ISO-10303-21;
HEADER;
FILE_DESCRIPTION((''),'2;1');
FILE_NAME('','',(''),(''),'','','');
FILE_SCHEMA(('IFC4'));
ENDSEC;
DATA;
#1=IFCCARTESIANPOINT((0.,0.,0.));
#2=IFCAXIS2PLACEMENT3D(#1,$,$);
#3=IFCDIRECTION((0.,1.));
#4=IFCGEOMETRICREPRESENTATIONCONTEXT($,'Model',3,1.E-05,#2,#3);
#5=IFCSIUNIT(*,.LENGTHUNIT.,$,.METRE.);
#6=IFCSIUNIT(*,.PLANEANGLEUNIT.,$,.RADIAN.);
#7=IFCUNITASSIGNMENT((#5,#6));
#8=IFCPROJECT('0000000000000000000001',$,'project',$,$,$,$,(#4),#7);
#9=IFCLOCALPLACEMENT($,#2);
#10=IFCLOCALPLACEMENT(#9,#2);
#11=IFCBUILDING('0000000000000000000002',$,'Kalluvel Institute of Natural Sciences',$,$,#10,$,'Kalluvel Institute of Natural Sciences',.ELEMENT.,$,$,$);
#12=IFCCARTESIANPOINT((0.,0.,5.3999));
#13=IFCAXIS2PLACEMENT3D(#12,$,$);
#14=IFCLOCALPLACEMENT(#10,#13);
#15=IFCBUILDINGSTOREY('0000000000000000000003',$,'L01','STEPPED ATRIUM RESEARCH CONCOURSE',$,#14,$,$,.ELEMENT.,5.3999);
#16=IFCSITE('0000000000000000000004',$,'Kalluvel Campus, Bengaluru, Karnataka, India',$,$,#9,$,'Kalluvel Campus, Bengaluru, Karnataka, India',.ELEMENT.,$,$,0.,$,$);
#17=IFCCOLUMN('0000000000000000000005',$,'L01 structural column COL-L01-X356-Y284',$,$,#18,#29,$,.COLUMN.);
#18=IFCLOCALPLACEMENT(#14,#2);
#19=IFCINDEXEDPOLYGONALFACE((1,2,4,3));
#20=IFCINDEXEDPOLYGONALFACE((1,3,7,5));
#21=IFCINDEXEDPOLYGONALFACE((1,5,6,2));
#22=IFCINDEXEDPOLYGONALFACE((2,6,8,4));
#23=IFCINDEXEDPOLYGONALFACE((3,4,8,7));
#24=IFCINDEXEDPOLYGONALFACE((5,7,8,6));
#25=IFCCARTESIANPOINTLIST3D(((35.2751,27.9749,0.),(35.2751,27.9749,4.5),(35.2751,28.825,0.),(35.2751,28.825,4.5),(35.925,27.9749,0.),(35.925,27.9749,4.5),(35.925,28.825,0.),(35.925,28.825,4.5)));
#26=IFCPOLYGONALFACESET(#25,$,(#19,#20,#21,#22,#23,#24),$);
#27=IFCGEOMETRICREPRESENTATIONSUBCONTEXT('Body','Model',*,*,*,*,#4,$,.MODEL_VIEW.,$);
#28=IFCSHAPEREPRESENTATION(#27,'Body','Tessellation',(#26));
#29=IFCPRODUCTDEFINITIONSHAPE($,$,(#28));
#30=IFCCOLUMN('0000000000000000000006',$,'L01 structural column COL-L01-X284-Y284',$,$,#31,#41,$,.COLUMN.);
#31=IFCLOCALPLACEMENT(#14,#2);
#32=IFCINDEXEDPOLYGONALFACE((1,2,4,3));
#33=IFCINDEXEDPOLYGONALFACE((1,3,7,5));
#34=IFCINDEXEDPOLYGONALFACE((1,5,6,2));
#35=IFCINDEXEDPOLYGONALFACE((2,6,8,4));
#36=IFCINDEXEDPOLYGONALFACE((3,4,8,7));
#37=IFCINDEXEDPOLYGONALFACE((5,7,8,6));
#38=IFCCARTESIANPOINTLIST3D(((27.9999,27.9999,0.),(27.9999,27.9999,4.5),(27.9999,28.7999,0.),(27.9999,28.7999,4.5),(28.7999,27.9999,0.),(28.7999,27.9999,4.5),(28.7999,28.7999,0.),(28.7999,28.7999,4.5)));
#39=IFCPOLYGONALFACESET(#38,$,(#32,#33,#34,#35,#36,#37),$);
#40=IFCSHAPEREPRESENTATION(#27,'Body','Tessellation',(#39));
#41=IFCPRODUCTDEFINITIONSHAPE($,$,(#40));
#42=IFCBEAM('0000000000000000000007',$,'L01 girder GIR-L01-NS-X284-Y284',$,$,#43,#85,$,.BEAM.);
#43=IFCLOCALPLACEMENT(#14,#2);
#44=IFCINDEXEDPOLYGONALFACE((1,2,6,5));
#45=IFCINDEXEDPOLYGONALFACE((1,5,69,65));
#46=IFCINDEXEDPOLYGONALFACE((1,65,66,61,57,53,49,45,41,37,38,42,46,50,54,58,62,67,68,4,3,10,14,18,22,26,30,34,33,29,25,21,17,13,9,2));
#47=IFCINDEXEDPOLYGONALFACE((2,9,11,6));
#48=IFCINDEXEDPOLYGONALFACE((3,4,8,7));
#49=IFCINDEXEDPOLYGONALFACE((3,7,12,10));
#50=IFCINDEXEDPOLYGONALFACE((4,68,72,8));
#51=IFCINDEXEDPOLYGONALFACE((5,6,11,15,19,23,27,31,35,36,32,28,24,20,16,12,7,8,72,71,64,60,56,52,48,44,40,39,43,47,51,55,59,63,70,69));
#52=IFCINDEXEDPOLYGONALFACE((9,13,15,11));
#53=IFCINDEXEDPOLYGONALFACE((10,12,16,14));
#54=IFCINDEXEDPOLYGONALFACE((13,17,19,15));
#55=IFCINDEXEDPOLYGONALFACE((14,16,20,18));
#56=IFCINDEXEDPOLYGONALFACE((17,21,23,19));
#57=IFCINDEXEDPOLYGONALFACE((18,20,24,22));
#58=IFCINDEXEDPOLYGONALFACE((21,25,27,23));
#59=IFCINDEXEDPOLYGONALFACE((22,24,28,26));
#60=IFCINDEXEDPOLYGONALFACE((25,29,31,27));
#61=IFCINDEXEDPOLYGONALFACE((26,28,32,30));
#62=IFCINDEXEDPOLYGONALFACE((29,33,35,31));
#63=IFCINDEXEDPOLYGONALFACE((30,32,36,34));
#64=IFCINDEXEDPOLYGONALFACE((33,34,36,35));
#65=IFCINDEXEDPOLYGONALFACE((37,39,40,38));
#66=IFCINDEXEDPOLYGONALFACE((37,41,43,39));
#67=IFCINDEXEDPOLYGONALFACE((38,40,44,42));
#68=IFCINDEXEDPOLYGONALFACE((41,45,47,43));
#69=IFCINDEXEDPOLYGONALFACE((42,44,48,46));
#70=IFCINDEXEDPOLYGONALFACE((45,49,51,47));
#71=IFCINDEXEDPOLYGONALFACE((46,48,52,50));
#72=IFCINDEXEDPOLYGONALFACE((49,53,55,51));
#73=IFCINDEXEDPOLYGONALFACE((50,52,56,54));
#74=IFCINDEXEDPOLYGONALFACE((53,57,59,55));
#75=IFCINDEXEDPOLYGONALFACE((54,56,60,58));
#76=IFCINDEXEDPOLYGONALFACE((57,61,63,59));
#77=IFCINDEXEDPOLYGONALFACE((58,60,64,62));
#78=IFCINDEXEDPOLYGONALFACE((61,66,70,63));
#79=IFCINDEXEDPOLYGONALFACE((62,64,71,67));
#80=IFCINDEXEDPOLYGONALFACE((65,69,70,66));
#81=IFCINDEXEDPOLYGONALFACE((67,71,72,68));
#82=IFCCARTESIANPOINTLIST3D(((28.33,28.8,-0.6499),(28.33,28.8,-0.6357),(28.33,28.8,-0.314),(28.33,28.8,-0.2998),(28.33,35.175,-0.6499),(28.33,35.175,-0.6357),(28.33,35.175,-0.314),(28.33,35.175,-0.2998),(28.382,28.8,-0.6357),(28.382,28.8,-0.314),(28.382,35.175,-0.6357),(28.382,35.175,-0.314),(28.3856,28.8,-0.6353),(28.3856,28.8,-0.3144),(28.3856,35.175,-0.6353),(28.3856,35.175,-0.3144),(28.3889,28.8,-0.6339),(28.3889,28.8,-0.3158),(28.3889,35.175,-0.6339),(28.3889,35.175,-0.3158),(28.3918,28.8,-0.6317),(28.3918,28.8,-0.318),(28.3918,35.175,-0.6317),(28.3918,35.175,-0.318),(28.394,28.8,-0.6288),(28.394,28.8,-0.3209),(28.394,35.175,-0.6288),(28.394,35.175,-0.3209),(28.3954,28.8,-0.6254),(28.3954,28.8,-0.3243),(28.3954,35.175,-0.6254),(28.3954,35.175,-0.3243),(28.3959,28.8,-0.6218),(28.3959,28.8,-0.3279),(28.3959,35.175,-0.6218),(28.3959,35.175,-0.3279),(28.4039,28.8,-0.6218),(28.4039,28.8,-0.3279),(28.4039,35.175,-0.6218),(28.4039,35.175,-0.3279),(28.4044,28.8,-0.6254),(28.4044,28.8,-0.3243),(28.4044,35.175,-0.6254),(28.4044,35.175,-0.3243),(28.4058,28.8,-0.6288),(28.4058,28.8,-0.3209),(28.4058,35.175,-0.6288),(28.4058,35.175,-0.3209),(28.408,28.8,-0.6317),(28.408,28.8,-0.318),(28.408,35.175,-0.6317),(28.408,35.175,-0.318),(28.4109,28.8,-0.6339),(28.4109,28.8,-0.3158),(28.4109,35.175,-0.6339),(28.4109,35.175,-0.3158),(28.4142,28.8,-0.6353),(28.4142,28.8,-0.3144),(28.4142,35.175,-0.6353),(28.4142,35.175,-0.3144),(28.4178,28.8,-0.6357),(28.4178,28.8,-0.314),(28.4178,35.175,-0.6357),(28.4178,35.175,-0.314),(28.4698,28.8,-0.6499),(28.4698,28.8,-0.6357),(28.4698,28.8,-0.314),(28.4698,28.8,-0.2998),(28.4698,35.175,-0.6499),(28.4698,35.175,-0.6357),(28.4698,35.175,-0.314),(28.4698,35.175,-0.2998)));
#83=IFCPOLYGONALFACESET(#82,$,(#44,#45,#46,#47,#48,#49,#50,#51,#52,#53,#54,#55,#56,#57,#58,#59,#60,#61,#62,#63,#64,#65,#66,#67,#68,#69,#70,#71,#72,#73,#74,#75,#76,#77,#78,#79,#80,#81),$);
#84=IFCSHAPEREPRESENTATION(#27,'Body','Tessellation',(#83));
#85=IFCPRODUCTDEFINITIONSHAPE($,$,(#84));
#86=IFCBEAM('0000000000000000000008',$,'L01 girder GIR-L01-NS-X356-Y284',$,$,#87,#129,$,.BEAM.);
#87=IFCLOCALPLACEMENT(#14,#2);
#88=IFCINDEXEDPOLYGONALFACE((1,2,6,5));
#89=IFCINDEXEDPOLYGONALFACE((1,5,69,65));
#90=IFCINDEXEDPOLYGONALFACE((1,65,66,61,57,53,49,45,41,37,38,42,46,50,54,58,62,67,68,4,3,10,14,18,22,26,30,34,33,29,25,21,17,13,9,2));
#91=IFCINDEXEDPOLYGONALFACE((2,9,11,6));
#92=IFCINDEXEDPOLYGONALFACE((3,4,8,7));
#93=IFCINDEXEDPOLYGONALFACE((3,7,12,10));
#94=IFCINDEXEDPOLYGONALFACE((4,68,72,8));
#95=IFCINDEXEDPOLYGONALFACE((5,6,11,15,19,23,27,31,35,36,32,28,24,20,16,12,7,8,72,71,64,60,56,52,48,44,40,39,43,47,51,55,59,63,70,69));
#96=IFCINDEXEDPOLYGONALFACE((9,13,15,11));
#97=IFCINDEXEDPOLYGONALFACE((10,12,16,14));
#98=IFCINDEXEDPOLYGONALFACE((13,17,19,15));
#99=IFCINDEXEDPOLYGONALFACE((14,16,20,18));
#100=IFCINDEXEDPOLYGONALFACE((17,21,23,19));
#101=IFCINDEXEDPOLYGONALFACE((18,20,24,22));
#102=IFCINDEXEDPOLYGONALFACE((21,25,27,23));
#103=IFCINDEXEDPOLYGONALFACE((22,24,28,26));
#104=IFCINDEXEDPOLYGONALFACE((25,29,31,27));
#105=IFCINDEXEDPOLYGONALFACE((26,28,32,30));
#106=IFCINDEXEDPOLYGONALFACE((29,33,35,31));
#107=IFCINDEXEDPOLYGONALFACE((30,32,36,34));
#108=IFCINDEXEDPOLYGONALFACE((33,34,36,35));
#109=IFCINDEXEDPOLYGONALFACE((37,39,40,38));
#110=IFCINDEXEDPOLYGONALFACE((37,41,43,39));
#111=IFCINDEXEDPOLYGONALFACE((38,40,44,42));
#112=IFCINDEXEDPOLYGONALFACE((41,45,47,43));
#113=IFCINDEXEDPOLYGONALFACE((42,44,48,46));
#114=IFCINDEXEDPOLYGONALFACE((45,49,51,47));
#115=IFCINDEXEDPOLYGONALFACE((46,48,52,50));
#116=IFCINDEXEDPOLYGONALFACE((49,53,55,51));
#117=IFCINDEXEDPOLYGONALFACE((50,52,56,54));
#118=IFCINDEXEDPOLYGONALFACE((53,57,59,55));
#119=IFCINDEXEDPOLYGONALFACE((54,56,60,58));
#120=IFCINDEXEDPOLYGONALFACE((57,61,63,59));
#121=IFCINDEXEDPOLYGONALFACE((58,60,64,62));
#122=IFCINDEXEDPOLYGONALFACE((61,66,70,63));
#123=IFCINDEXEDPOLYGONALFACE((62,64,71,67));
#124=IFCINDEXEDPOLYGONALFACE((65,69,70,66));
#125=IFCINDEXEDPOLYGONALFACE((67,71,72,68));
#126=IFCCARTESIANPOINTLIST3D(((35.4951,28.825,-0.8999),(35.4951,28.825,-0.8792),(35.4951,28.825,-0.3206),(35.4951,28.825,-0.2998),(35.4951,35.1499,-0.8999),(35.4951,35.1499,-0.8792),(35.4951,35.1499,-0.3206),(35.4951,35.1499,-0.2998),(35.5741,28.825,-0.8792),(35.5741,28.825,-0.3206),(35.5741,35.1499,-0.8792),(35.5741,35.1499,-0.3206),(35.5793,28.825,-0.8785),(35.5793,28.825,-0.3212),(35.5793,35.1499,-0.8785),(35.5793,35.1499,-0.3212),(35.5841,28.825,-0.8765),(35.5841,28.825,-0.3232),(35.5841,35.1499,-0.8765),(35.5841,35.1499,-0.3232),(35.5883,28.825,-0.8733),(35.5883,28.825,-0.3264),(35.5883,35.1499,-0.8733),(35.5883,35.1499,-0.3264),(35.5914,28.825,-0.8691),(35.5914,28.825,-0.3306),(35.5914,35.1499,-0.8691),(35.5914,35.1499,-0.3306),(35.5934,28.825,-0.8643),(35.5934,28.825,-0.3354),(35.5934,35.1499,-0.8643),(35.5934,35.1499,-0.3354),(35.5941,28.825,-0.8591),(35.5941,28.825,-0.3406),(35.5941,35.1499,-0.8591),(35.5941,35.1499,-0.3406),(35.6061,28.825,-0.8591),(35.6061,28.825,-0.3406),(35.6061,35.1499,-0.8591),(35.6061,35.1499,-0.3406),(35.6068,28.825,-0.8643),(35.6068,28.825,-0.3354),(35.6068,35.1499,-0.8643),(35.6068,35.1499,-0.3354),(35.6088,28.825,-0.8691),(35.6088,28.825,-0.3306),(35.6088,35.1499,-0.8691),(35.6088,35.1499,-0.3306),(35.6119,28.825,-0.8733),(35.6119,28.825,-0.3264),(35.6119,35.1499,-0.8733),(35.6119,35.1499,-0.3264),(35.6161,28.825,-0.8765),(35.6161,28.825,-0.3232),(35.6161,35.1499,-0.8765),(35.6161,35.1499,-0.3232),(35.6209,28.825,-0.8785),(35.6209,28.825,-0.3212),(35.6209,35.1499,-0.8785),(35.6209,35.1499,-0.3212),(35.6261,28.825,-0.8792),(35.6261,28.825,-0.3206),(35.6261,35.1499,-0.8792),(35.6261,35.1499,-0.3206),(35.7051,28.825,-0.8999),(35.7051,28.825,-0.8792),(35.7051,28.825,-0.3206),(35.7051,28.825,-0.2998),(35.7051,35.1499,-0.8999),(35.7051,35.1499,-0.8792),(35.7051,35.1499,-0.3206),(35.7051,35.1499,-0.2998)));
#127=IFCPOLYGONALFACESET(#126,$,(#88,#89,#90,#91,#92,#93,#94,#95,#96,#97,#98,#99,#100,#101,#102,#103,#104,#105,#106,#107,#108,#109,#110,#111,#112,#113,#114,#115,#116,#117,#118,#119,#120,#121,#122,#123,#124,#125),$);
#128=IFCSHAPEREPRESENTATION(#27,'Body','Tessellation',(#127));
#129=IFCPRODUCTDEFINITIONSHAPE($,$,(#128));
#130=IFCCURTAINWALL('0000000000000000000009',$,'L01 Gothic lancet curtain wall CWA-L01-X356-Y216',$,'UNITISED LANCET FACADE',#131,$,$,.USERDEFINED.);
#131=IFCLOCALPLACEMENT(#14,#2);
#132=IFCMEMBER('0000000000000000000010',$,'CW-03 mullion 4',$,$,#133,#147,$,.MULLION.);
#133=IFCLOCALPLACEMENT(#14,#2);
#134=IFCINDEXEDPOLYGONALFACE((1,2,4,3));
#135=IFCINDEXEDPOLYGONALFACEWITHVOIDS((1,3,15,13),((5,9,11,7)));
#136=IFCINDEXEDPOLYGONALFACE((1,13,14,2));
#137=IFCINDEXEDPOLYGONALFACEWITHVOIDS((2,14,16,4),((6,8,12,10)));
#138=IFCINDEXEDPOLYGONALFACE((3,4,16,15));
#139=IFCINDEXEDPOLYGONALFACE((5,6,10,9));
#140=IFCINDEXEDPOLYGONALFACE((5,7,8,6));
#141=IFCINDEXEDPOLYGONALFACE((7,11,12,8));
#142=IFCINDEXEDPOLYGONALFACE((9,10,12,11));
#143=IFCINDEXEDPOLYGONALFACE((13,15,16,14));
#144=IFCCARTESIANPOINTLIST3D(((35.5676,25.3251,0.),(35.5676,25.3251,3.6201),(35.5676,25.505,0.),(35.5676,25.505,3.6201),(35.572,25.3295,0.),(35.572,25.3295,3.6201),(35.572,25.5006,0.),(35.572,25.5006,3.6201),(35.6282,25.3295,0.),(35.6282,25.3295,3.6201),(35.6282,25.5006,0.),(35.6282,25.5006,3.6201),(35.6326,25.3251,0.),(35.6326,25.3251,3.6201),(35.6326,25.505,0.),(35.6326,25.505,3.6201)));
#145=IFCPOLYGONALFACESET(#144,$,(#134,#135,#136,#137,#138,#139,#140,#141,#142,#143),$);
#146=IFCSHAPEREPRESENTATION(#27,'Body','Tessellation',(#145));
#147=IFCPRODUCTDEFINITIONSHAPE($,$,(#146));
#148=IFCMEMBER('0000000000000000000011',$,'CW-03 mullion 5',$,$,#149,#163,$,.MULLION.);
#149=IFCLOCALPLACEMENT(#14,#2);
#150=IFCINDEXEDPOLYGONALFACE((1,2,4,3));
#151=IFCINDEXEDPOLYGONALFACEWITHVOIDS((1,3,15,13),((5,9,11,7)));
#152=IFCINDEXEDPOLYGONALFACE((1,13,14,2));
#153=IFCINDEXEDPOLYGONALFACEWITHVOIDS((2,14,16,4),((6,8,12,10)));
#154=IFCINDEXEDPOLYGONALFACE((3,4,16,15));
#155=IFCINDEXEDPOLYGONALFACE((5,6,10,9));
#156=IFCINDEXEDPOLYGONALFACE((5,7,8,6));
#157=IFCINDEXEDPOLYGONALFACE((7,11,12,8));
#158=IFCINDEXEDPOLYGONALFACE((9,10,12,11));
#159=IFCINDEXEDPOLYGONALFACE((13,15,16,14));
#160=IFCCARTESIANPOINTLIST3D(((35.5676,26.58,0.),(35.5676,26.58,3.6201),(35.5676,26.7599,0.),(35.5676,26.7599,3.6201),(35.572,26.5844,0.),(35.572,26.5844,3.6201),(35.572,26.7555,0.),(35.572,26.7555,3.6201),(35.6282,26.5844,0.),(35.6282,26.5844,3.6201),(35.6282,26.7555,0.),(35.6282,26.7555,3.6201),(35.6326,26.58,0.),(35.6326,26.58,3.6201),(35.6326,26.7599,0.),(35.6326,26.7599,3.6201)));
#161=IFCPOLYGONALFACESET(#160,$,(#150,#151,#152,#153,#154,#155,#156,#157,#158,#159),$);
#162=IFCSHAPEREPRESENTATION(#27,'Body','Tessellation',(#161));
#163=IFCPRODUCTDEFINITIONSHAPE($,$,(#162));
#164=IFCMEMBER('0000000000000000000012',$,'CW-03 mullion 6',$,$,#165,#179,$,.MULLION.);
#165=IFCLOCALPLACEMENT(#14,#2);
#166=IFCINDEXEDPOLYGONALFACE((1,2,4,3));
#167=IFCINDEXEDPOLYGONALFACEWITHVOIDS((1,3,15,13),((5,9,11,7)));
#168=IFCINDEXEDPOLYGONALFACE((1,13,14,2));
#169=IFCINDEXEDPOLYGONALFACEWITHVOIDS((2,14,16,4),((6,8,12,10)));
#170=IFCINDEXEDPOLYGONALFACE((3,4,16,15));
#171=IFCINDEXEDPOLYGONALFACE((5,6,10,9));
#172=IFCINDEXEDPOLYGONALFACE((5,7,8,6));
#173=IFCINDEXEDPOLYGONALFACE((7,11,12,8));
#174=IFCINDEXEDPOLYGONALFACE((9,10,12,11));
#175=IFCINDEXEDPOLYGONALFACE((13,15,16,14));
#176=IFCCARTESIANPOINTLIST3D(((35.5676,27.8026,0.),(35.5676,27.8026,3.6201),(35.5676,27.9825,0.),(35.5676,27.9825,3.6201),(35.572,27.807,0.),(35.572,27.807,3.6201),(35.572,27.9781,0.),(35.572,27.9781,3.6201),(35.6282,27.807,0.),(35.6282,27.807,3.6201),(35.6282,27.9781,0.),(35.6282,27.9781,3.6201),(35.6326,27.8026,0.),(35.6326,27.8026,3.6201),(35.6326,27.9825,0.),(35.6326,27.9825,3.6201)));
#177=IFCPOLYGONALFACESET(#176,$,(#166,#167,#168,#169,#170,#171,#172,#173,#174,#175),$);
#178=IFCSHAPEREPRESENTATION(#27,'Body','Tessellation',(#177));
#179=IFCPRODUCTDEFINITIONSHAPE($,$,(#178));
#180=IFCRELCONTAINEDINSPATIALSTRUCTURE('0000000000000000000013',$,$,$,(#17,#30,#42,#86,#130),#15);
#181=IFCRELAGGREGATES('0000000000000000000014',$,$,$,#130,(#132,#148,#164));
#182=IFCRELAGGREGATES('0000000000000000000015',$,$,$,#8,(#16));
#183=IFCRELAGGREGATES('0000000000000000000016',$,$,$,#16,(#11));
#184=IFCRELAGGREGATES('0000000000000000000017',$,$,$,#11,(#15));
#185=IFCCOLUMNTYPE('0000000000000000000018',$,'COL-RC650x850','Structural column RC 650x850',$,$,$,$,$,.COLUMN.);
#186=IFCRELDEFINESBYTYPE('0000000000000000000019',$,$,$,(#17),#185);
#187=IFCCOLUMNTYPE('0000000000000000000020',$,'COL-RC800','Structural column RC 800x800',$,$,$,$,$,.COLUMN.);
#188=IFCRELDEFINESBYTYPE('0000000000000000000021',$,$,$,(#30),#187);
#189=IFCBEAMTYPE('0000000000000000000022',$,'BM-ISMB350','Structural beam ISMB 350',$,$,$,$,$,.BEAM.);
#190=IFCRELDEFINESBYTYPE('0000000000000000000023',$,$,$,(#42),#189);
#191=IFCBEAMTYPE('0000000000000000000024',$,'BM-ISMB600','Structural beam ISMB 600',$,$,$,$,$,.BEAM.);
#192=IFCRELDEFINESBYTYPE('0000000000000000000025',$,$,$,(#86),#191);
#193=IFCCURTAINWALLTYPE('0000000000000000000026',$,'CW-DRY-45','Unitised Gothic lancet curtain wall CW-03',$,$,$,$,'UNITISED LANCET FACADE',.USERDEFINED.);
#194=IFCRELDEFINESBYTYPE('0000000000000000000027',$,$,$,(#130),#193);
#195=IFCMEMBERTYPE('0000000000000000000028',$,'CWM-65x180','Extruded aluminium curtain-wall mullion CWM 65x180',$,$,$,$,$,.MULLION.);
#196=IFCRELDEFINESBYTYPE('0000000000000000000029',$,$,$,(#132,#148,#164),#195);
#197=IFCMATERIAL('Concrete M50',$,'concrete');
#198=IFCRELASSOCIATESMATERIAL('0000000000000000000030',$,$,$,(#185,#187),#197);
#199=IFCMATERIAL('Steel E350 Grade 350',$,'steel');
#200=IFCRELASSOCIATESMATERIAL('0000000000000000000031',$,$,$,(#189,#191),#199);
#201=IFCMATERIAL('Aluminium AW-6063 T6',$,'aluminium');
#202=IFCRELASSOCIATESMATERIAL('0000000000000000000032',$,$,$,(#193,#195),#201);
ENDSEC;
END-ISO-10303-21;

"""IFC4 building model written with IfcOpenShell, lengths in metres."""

from ifc_helpers import new_model, si_unit, direction, frame, origin, origin_2d, place, context, subcontext, project, spatial, rectangle, hollow_rectangle, i_section, extrude, material, material_profile, profile_set, type_object, element, aggregate, save


model = new_model("IFC4")

# Units and contexts
model_context = context("Model", 3, precision=1e-05, world=origin(), true_north=direction((0.0, 1.0)))
body_context = subcontext(model_context, "Body", "Model", "MODEL_VIEW")
ifc_project = project(units=[si_unit("LENGTHUNIT", "METRE"), si_unit("PLANEANGLEUNIT", "RADIAN")], contexts=[model_context])

# Site, building, storey
site_placement = place(None, origin())
site = spatial("IfcSite", under=ifc_project, at=site_placement, Name="Kalluvel Campus, Bengaluru, Karnataka, India", LongName="Kalluvel Campus, Bengaluru, Karnataka, India", CompositionType="ELEMENT", RefElevation=0.0)
building_placement = place(site_placement, origin())
building = spatial("IfcBuilding", under=site, at=building_placement, Name="Kalluvel Institute of Natural Sciences", LongName="Kalluvel Institute of Natural Sciences", CompositionType="ELEMENT")
storey_placement = place(building_placement, frame((0.0, 0.0, 5.3999)))
storey = spatial("IfcBuildingStorey", under=building, at=storey_placement, Name="L01", Description="STEPPED ATRIUM RESEARCH CONCOURSE", CompositionType="ELEMENT", Elevation=5.3999)

# Columns
ifc_material_1 = material(Name="Concrete M50", Category="concrete")
ifc_material_profile_1 = material_profile(ifc_material_1, rectangle(XDim=0.6499, YDim=0.8501, at=origin_2d()), Name="RC 650x850")
ifc_profile_set_1 = profile_set([ifc_material_profile_1], Name="Concrete M50")
column_type_1 = type_object("IfcColumnType", Name="COL-RC650x850", Description="Structural column RC 650x850", PredefinedType="COLUMN", material=ifc_profile_set_1)
column_1_placement = place(storey_placement, frame((35.6001, 28.3999, 0.0), z_axis=(0.0, 0.0, 1.0), x_axis=(1.0, 0.0, 0.0)))
element("IfcColumn", 1, at=column_1_placement, inside=storey, type_object=column_type_1, Name="L01 structural column COL-L01-X356-Y284", PredefinedType="COLUMN", context=body_context, shape_type="SweptSolid", body=[
    extrude(rectangle(XDim=0.6499, YDim=0.8501, at=origin_2d()), origin(), (0.0, 0.0, 1.0), 4.5),
])
ifc_material_profile_2 = material_profile(ifc_material_1, rectangle(XDim=0.8, YDim=0.8, at=origin_2d()), Name="RC 800x800")
ifc_profile_set_2 = profile_set([ifc_material_profile_2], Name="Concrete M50")
column_type_2 = type_object("IfcColumnType", Name="COL-RC800", Description="Structural column RC 800x800", PredefinedType="COLUMN", material=ifc_profile_set_2)
column_2_placement = place(storey_placement, frame((28.3999, 28.3999, 0.0), z_axis=(0.0, 0.0, 1.0), x_axis=(1.0, 0.0, 0.0)))
element("IfcColumn", 2, at=column_2_placement, inside=storey, type_object=column_type_2, Name="L01 structural column COL-L01-X284-Y284", PredefinedType="COLUMN", context=body_context, shape_type="SweptSolid", body=[
    extrude(rectangle(XDim=0.8, YDim=0.8, at=origin_2d()), origin(), (0.0, 0.0, 1.0), 4.5),
])

# Beams
ifc_material_2 = material(Name="Steel E350 Grade 350", Category="steel")
ifc_material_profile_3 = material_profile(ifc_material_2, i_section(OverallWidth=0.1399, OverallDepth=0.3501, WebThickness=0.0081, FlangeThickness=0.0142, FilletRadius=0.0139, at=origin_2d()), Name="ISMB 350")
ifc_profile_set_3 = profile_set([ifc_material_profile_3], Name="Steel E350 Grade 350")
beam_type_1 = type_object("IfcBeamType", Name="BM-ISMB350", Description="Structural beam ISMB 350", PredefinedType="BEAM", material=ifc_profile_set_3)
beam_1_placement = place(storey_placement, frame((28.3999, 28.8, -0.4749), z_axis=(0.0, 1.0, 0.0), x_axis=(-1.0, 0.0, 0.0)))
element("IfcBeam", 3, at=beam_1_placement, inside=storey, type_object=beam_type_1, Name="L01 girder GIR-L01-NS-X284-Y284", PredefinedType="BEAM", context=body_context, shape_type="SweptSolid", body=[
    extrude(i_section(OverallWidth=0.1399, OverallDepth=0.3501, WebThickness=0.0081, FlangeThickness=0.0142, FilletRadius=0.0139, at=origin_2d()), origin(), (0.0, 0.0, 1.0), 6.375),
])
ifc_material_profile_4 = material_profile(ifc_material_2, i_section(OverallWidth=0.21, OverallDepth=0.6001, WebThickness=0.012, FlangeThickness=0.0208, FilletRadius=0.02, at=origin_2d()), Name="ISMB 600")
ifc_profile_set_4 = profile_set([ifc_material_profile_4], Name="Steel E350 Grade 350")
beam_type_2 = type_object("IfcBeamType", Name="BM-ISMB600", Description="Structural beam ISMB 600", PredefinedType="BEAM", material=ifc_profile_set_4)
beam_2_placement = place(storey_placement, frame((35.6001, 28.825, -0.5999), z_axis=(0.0, 1.0, 0.0), x_axis=(-1.0, 0.0, 0.0)))
element("IfcBeam", 4, at=beam_2_placement, inside=storey, type_object=beam_type_2, Name="L01 girder GIR-L01-NS-X356-Y284", PredefinedType="BEAM", context=body_context, shape_type="SweptSolid", body=[
    extrude(i_section(OverallWidth=0.21, OverallDepth=0.6001, WebThickness=0.012, FlangeThickness=0.0208, FilletRadius=0.02, at=origin_2d()), origin(), (0.0, 0.0, 1.0), 6.325),
])

# Curtain wall, members
ifc_material_3 = material(Name="Aluminium AW-6063 T6", Category="aluminium")
curtain_wall_type = type_object("IfcCurtainWallType", Name="CW-DRY-45", Description="Unitised Gothic lancet curtain wall CW-03", ElementType="UNITISED LANCET FACADE", PredefinedType="USERDEFINED", material=ifc_material_3)
curtain_wall_1_placement = place(storey_placement, origin())
curtain_wall_1 = element("IfcCurtainWall", 5, at=curtain_wall_1_placement, inside=storey, type_object=curtain_wall_type, Name="L01 Gothic lancet curtain wall CWA-L01-X356-Y216", ObjectType="UNITISED LANCET FACADE", PredefinedType="USERDEFINED")
ifc_material_profile_5 = material_profile(ifc_material_3, hollow_rectangle(XDim=0.0649, YDim=0.1799, WallThickness=0.0044, at=origin_2d()), Name="CWM 65x180")
ifc_profile_set_5 = profile_set([ifc_material_profile_5], Name="Aluminium AW-6063 T6")
member_type_1 = type_object("IfcMemberType", Name="CWM-65x180", Description="Extruded aluminium curtain-wall mullion CWM 65x180", PredefinedType="MULLION", material=ifc_profile_set_5)
member_1_placement = place(storey_placement, frame((35.6001, 25.415, 0.0), z_axis=(0.0, 0.0, 1.0), x_axis=(-1.0, 0.0, 0.0)))
member_1 = element("IfcMember", 6, at=member_1_placement, type_object=member_type_1, Name="CW-03 mullion 4", PredefinedType="MULLION", context=body_context, shape_type="SweptSolid", body=[
    extrude(hollow_rectangle(XDim=0.0649, YDim=0.1799, WallThickness=0.0044, at=origin_2d()), origin(), (0.0, 0.0, 1.0), 3.6201),
])
member_2_placement = place(storey_placement, frame((35.6001, 26.6699, 0.0), z_axis=(0.0, 0.0, 1.0), x_axis=(-1.0, 0.0, 0.0)))
member_2 = element("IfcMember", 7, at=member_2_placement, type_object=member_type_1, Name="CW-03 mullion 5", PredefinedType="MULLION", context=body_context, shape_type="SweptSolid", body=[
    extrude(hollow_rectangle(XDim=0.0649, YDim=0.1799, WallThickness=0.0044, at=origin_2d()), origin(), (0.0, 0.0, 1.0), 3.6201),
])
member_3_placement = place(storey_placement, frame((35.6001, 27.8926, 0.0), z_axis=(0.0, 0.0, 1.0), x_axis=(-1.0, 0.0, 0.0)))
member_3 = element("IfcMember", 8, at=member_3_placement, type_object=member_type_1, Name="CW-03 mullion 6", PredefinedType="MULLION", context=body_context, shape_type="SweptSolid", body=[
    extrude(hollow_rectangle(XDim=0.0649, YDim=0.1799, WallThickness=0.0044, at=origin_2d()), origin(), (0.0, 0.0, 1.0), 3.6201),
])

aggregate(curtain_wall_1, [member_1, member_2, member_3])

save(model, "model.ifc")
